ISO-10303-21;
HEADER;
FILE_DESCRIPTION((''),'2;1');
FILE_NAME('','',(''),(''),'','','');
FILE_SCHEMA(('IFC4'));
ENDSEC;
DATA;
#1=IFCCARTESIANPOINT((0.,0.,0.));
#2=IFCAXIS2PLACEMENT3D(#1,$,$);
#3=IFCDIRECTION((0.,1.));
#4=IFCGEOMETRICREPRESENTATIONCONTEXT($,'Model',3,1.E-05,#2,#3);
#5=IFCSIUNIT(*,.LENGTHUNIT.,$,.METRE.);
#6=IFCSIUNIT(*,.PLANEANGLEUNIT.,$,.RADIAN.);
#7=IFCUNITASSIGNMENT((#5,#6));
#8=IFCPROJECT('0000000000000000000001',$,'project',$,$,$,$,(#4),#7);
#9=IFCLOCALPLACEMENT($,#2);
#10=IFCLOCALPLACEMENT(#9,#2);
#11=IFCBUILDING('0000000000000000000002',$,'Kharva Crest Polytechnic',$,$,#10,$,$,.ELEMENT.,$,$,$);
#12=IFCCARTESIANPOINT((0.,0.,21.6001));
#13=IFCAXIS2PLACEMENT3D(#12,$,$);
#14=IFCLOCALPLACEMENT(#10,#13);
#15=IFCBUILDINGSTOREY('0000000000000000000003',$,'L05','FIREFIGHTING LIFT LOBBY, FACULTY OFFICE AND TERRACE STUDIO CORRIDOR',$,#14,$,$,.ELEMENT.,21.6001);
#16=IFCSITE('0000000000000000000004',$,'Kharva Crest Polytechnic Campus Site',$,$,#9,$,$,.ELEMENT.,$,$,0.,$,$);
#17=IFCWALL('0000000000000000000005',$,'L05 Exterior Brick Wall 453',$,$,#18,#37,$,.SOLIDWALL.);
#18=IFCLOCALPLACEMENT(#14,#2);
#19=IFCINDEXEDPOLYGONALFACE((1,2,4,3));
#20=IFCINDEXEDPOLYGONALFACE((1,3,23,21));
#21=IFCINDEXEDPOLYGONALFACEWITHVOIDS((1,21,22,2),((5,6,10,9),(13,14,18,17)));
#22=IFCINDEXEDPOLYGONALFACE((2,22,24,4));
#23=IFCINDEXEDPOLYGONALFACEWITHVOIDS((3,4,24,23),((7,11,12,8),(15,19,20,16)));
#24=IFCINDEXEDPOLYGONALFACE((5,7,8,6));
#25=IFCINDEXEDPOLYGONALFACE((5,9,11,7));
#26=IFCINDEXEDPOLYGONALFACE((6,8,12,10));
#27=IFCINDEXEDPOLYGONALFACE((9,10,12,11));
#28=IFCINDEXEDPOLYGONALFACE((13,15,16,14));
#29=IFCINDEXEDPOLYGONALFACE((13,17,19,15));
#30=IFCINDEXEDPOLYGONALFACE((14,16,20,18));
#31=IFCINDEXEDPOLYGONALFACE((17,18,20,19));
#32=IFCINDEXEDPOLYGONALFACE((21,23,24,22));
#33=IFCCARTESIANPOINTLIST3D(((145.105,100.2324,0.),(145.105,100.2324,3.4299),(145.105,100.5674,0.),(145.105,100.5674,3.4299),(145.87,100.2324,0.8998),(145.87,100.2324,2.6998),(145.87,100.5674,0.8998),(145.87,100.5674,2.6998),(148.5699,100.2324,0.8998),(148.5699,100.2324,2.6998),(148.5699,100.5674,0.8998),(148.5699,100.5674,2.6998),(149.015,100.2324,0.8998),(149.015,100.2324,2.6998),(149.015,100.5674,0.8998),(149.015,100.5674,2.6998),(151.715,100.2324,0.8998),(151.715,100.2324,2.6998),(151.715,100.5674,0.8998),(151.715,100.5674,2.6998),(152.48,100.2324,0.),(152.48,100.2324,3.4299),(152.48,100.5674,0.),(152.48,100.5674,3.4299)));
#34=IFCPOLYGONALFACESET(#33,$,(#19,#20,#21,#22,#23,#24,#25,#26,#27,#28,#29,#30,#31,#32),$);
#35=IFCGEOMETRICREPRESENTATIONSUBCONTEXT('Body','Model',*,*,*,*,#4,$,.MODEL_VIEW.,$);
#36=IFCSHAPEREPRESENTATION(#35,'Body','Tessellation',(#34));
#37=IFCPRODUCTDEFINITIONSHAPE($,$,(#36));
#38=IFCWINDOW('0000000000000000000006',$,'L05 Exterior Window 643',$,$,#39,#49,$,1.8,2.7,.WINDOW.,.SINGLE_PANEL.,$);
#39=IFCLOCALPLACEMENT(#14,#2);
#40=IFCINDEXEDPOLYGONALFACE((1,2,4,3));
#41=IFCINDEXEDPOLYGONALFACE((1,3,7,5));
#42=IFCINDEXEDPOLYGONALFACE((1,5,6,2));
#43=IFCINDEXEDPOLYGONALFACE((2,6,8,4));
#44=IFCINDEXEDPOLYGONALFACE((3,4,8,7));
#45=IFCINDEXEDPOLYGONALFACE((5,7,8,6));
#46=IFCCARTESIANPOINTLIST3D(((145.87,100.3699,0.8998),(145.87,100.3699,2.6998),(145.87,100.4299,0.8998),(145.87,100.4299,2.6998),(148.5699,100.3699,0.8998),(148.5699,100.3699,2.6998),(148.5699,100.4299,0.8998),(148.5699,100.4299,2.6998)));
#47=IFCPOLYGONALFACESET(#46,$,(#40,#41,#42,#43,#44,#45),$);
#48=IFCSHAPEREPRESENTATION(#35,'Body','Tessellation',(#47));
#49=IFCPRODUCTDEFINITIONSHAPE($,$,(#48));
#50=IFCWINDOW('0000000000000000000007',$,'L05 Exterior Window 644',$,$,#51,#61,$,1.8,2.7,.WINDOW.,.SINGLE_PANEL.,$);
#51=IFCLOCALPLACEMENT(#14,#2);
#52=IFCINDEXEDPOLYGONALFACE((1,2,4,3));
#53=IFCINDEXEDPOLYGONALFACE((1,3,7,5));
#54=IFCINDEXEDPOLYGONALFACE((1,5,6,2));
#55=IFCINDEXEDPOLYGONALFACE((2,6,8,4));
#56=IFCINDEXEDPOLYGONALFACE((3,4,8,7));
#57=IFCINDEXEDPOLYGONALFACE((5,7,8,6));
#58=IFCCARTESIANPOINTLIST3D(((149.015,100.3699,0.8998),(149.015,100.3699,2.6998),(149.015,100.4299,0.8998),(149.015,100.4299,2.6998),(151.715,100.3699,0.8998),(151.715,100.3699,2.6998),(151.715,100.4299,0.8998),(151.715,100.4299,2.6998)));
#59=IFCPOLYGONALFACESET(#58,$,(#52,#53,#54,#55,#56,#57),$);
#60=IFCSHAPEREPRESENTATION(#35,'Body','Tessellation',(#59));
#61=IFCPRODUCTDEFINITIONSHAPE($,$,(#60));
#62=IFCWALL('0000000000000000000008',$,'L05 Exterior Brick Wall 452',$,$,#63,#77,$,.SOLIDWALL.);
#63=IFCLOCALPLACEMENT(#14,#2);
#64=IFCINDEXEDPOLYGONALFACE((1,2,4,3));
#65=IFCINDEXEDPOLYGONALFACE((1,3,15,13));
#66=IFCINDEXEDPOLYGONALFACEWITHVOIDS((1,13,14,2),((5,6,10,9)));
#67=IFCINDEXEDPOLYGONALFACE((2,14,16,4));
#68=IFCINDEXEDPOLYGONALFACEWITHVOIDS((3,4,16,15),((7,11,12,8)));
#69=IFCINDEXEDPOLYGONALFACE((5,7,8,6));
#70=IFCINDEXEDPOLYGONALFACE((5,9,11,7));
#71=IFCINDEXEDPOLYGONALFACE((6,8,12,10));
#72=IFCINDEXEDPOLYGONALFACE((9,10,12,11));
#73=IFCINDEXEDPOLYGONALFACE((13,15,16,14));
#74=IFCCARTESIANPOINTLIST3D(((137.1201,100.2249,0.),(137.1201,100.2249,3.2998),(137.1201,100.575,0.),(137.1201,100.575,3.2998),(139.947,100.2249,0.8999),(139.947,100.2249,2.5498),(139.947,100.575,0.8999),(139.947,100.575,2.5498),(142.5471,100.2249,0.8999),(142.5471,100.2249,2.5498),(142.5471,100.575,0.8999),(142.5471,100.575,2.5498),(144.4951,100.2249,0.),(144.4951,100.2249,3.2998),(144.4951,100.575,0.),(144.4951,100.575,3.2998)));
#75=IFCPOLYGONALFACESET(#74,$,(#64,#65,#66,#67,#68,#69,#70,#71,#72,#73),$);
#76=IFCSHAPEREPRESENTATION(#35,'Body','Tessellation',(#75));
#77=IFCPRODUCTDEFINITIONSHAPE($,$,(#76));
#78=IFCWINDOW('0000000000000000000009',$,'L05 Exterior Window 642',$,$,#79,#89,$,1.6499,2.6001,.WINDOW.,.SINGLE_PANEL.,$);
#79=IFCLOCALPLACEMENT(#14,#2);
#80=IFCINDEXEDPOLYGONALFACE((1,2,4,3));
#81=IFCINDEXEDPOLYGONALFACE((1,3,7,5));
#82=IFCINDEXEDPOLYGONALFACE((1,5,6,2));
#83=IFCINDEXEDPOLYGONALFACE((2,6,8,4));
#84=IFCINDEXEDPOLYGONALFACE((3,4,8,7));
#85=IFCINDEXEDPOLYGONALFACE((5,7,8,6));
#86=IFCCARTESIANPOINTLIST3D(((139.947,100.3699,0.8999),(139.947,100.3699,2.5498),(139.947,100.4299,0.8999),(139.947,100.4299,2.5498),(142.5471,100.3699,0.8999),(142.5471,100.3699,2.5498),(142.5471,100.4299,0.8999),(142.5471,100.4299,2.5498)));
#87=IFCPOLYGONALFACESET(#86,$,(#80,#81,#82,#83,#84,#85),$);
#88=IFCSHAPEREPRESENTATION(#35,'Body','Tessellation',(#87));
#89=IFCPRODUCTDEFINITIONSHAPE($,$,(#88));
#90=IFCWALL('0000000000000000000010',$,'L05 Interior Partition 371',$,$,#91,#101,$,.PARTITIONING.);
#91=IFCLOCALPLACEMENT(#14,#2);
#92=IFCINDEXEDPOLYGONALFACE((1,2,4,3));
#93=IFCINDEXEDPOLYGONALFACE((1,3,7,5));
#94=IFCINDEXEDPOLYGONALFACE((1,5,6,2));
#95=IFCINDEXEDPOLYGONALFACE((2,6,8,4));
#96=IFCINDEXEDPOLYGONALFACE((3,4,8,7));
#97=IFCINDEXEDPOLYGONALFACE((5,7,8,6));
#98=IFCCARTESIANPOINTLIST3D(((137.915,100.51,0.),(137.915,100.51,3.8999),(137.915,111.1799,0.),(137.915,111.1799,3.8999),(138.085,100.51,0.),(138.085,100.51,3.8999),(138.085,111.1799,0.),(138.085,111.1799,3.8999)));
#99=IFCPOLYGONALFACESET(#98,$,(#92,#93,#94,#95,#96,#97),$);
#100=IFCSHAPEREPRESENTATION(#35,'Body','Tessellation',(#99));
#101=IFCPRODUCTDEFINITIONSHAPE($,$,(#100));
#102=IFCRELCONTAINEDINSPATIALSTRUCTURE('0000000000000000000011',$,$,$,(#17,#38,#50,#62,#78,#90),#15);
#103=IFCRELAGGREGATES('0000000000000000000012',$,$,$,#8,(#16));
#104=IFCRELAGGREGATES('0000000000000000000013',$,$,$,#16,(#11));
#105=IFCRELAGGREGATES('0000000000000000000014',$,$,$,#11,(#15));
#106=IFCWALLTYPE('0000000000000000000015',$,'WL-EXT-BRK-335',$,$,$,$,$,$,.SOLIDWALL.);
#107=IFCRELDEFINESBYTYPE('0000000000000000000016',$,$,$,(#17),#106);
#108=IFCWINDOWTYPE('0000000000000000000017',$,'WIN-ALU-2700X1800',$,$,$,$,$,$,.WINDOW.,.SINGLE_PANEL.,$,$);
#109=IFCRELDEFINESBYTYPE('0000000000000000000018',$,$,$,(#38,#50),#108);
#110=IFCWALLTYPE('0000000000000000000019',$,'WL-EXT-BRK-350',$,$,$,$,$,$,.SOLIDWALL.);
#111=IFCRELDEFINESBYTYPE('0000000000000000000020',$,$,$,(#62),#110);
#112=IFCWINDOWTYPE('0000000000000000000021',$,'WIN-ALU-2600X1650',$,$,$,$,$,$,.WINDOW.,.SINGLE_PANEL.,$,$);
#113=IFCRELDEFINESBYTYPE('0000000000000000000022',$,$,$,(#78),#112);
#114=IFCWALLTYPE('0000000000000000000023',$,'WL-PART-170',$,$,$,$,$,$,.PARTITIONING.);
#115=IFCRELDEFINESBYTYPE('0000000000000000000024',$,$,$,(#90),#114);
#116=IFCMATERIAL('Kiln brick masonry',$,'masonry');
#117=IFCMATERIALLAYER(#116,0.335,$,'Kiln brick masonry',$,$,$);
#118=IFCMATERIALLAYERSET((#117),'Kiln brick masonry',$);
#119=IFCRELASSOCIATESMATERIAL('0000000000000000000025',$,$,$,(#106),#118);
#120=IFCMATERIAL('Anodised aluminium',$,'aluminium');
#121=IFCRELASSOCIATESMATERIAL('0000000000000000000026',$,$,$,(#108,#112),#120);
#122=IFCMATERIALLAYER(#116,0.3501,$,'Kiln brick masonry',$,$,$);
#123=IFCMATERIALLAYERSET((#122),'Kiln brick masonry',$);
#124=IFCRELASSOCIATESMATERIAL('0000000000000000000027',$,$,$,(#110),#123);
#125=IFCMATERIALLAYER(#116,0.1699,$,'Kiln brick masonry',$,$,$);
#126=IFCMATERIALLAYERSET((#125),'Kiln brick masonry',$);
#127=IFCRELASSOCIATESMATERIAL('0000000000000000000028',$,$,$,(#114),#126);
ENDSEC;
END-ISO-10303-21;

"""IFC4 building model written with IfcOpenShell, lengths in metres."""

from ifc_helpers import new_model, si_unit, direction, frame, frame_2d, origin, place, context, subcontext, project, spatial, rectangle, extrude, material, layer, layer_set, type_object, element, fill, save


model = new_model("IFC4")

# Units and contexts
model_context = context("Model", 3, precision=1e-05, world=origin(), true_north=direction((0.0, 1.0)))
body_context = subcontext(model_context, "Body", "Model", "MODEL_VIEW")
ifc_project = project(units=[si_unit("LENGTHUNIT", "METRE"), si_unit("PLANEANGLEUNIT", "RADIAN")], contexts=[model_context])

# Site, building, storey
site_placement = place(None, origin())
site = spatial("IfcSite", under=ifc_project, at=site_placement, Name="Kharva Crest Polytechnic Campus Site", CompositionType="ELEMENT", RefElevation=0.0)
building_placement = place(site_placement, origin())
building = spatial("IfcBuilding", under=site, at=building_placement, Name="Kharva Crest Polytechnic", CompositionType="ELEMENT")
storey_placement = place(building_placement, frame((0.0, 0.0, 21.6001)))
storey = spatial("IfcBuildingStorey", under=building, at=storey_placement, Name="L05", Description="FIREFIGHTING LIFT LOBBY, FACULTY OFFICE AND TERRACE STUDIO CORRIDOR", CompositionType="ELEMENT", Elevation=21.6001)

# Wall, openings, windows
ifc_material_1 = material(Name="Kiln brick masonry", Category="masonry")
ifc_layer_1 = layer(ifc_material_1, 0.335, Name="Kiln brick masonry")
ifc_layer_set_1 = layer_set([ifc_layer_1], Name="Kiln brick masonry")
wall_type_1 = type_object("IfcWallType", Name="WL-EXT-BRK-335", PredefinedType="SOLIDWALL", material=ifc_layer_set_1)
wall_1_placement = place(storey_placement, frame((145.105, 100.3999, 0.0), z_axis=(0.0, 0.0, 1.0), x_axis=(1.0, 0.0, 0.0)))
wall_1 = element("IfcWall", 1, at=wall_1_placement, inside=storey, type_object=wall_type_1, Name="L05 Exterior Brick Wall 453", PredefinedType="SOLIDWALL", context=body_context, shape_type="SweptSolid", body=[
    extrude(rectangle(XDim=7.375, YDim=0.335, at=frame_2d((3.6875, 0.0))), origin(), (0.0, 0.0, 1.0), 3.4299),
])
opening_1_placement = place(wall_1_placement, frame((0.7649, 0.0, 0.8999)))
opening_1 = element("IfcOpeningElement", 2, at=opening_1_placement, cuts=wall_1, PredefinedType="OPENING", context=body_context, shape_type="SweptSolid", body=[
    extrude(rectangle(XDim=2.7, YDim=1.8, at=frame_2d((1.3501, 0.8999))), frame((0.0, 0.1775, 0.0), z_axis=(0.0, -1.0, 0.0), x_axis=(1.0, 0.0, 0.0)), (0.0, 0.0, 1.0), 0.355),
])
opening_2_placement = place(wall_1_placement, frame((3.9099, 0.0, 0.8999)))
opening_2 = element("IfcOpeningElement", 3, at=opening_2_placement, cuts=wall_1, PredefinedType="OPENING", context=body_context, shape_type="SweptSolid", body=[
    extrude(rectangle(XDim=2.7, YDim=1.8, at=frame_2d((1.3501, 0.8999))), frame((0.0, 0.1775, 0.0), z_axis=(0.0, -1.0, 0.0), x_axis=(1.0, 0.0, 0.0)), (0.0, 0.0, 1.0), 0.355),
])
ifc_material_2 = material(Name="Anodised aluminium", Category="aluminium")
window_type_1 = type_object("IfcWindowType", Name="WIN-ALU-2700X1800", PartitioningType="SINGLE_PANEL", PredefinedType="WINDOW", material=ifc_material_2)
window_1_placement = place(opening_1_placement, origin())
window_1 = element("IfcWindow", 4, at=window_1_placement, inside=storey, type_object=window_type_1, Name="L05 Exterior Window 643", OverallHeight=1.8, OverallWidth=2.7, PartitioningType="SINGLE_PANEL", PredefinedType="WINDOW", context=body_context, shape_type="SweptSolid", body=[
    extrude(rectangle(XDim=2.7, YDim=1.8, at=frame_2d((1.3501, 0.8999))), frame((0.0, 0.03, 0.0), z_axis=(0.0, -1.0, 0.0), x_axis=(1.0, 0.0, 0.0)), (0.0, 0.0, 1.0), 0.0601),
])
fill(opening_1, window_1)
window_2_placement = place(opening_2_placement, origin())
window_2 = element("IfcWindow", 5, at=window_2_placement, inside=storey, type_object=window_type_1, Name="L05 Exterior Window 644", OverallHeight=1.8, OverallWidth=2.7, PartitioningType="SINGLE_PANEL", PredefinedType="WINDOW", context=body_context, shape_type="SweptSolid", body=[
    extrude(rectangle(XDim=2.7, YDim=1.8, at=frame_2d((1.3501, 0.8999))), frame((0.0, 0.03, 0.0), z_axis=(0.0, -1.0, 0.0), x_axis=(1.0, 0.0, 0.0)), (0.0, 0.0, 1.0), 0.0601),
])
fill(opening_2, window_2)

# Wall, opening, window
ifc_layer_2 = layer(ifc_material_1, 0.3501, Name="Kiln brick masonry")
ifc_layer_set_2 = layer_set([ifc_layer_2], Name="Kiln brick masonry")
wall_type_2 = type_object("IfcWallType", Name="WL-EXT-BRK-350", PredefinedType="SOLIDWALL", material=ifc_layer_set_2)
wall_2_placement = place(storey_placement, frame((137.1201, 100.3999, 0.0), z_axis=(0.0, 0.0, 1.0), x_axis=(1.0, 0.0, 0.0)))
wall_2 = element("IfcWall", 6, at=wall_2_placement, inside=storey, type_object=wall_type_2, Name="L05 Exterior Brick Wall 452", PredefinedType="SOLIDWALL", context=body_context, shape_type="SweptSolid", body=[
    extrude(rectangle(XDim=7.375, YDim=0.3501, at=frame_2d((3.6875, 0.0))), origin(), (0.0, 0.0, 1.0), 3.2998),
])
opening_3_placement = place(wall_2_placement, frame((2.8269, 0.0, 0.8999)))
opening_3 = element("IfcOpeningElement", 7, at=opening_3_placement, cuts=wall_2, PredefinedType="OPENING", context=body_context, shape_type="SweptSolid", body=[
    extrude(rectangle(XDim=2.6001, YDim=1.6499, at=frame_2d((1.3, 0.825))), frame((0.0, 0.1851, 0.0), z_axis=(0.0, -1.0, 0.0), x_axis=(1.0, 0.0, 0.0)), (0.0, 0.0, 1.0), 0.3701),
])
window_type_2 = type_object("IfcWindowType", Name="WIN-ALU-2600X1650", PartitioningType="SINGLE_PANEL", PredefinedType="WINDOW", material=ifc_material_2)
window_3_placement = place(opening_3_placement, origin())
window_3 = element("IfcWindow", 8, at=window_3_placement, inside=storey, type_object=window_type_2, Name="L05 Exterior Window 642", OverallHeight=1.6499, OverallWidth=2.6001, PartitioningType="SINGLE_PANEL", PredefinedType="WINDOW", context=body_context, shape_type="SweptSolid", body=[
    extrude(rectangle(XDim=2.6001, YDim=1.6499, at=frame_2d((1.3, 0.825))), frame((0.0, 0.03, 0.0), z_axis=(0.0, -1.0, 0.0), x_axis=(1.0, 0.0, 0.0)), (0.0, 0.0, 1.0), 0.0601),
])
fill(opening_3, window_3)

# Wall
ifc_layer_3 = layer(ifc_material_1, 0.1699, Name="Kiln brick masonry")
ifc_layer_set_3 = layer_set([ifc_layer_3], Name="Kiln brick masonry")
wall_type_3 = type_object("IfcWallType", Name="WL-PART-170", PredefinedType="PARTITIONING", material=ifc_layer_set_3)
wall_3_placement = place(storey_placement, frame((138.0, 100.51, 0.0), z_axis=(0.0, 0.0, 1.0), x_axis=(0.0, 1.0, 0.0)))
element("IfcWall", 9, at=wall_3_placement, inside=storey, type_object=wall_type_3, Name="L05 Interior Partition 371", PredefinedType="PARTITIONING", context=body_context, shape_type="SweptSolid", body=[
    extrude(rectangle(XDim=10.6699, YDim=0.1699, at=frame_2d((5.335, 0.0))), origin(), (0.0, 0.0, 1.0), 3.8999),
])

save(model, "model.ifc")
